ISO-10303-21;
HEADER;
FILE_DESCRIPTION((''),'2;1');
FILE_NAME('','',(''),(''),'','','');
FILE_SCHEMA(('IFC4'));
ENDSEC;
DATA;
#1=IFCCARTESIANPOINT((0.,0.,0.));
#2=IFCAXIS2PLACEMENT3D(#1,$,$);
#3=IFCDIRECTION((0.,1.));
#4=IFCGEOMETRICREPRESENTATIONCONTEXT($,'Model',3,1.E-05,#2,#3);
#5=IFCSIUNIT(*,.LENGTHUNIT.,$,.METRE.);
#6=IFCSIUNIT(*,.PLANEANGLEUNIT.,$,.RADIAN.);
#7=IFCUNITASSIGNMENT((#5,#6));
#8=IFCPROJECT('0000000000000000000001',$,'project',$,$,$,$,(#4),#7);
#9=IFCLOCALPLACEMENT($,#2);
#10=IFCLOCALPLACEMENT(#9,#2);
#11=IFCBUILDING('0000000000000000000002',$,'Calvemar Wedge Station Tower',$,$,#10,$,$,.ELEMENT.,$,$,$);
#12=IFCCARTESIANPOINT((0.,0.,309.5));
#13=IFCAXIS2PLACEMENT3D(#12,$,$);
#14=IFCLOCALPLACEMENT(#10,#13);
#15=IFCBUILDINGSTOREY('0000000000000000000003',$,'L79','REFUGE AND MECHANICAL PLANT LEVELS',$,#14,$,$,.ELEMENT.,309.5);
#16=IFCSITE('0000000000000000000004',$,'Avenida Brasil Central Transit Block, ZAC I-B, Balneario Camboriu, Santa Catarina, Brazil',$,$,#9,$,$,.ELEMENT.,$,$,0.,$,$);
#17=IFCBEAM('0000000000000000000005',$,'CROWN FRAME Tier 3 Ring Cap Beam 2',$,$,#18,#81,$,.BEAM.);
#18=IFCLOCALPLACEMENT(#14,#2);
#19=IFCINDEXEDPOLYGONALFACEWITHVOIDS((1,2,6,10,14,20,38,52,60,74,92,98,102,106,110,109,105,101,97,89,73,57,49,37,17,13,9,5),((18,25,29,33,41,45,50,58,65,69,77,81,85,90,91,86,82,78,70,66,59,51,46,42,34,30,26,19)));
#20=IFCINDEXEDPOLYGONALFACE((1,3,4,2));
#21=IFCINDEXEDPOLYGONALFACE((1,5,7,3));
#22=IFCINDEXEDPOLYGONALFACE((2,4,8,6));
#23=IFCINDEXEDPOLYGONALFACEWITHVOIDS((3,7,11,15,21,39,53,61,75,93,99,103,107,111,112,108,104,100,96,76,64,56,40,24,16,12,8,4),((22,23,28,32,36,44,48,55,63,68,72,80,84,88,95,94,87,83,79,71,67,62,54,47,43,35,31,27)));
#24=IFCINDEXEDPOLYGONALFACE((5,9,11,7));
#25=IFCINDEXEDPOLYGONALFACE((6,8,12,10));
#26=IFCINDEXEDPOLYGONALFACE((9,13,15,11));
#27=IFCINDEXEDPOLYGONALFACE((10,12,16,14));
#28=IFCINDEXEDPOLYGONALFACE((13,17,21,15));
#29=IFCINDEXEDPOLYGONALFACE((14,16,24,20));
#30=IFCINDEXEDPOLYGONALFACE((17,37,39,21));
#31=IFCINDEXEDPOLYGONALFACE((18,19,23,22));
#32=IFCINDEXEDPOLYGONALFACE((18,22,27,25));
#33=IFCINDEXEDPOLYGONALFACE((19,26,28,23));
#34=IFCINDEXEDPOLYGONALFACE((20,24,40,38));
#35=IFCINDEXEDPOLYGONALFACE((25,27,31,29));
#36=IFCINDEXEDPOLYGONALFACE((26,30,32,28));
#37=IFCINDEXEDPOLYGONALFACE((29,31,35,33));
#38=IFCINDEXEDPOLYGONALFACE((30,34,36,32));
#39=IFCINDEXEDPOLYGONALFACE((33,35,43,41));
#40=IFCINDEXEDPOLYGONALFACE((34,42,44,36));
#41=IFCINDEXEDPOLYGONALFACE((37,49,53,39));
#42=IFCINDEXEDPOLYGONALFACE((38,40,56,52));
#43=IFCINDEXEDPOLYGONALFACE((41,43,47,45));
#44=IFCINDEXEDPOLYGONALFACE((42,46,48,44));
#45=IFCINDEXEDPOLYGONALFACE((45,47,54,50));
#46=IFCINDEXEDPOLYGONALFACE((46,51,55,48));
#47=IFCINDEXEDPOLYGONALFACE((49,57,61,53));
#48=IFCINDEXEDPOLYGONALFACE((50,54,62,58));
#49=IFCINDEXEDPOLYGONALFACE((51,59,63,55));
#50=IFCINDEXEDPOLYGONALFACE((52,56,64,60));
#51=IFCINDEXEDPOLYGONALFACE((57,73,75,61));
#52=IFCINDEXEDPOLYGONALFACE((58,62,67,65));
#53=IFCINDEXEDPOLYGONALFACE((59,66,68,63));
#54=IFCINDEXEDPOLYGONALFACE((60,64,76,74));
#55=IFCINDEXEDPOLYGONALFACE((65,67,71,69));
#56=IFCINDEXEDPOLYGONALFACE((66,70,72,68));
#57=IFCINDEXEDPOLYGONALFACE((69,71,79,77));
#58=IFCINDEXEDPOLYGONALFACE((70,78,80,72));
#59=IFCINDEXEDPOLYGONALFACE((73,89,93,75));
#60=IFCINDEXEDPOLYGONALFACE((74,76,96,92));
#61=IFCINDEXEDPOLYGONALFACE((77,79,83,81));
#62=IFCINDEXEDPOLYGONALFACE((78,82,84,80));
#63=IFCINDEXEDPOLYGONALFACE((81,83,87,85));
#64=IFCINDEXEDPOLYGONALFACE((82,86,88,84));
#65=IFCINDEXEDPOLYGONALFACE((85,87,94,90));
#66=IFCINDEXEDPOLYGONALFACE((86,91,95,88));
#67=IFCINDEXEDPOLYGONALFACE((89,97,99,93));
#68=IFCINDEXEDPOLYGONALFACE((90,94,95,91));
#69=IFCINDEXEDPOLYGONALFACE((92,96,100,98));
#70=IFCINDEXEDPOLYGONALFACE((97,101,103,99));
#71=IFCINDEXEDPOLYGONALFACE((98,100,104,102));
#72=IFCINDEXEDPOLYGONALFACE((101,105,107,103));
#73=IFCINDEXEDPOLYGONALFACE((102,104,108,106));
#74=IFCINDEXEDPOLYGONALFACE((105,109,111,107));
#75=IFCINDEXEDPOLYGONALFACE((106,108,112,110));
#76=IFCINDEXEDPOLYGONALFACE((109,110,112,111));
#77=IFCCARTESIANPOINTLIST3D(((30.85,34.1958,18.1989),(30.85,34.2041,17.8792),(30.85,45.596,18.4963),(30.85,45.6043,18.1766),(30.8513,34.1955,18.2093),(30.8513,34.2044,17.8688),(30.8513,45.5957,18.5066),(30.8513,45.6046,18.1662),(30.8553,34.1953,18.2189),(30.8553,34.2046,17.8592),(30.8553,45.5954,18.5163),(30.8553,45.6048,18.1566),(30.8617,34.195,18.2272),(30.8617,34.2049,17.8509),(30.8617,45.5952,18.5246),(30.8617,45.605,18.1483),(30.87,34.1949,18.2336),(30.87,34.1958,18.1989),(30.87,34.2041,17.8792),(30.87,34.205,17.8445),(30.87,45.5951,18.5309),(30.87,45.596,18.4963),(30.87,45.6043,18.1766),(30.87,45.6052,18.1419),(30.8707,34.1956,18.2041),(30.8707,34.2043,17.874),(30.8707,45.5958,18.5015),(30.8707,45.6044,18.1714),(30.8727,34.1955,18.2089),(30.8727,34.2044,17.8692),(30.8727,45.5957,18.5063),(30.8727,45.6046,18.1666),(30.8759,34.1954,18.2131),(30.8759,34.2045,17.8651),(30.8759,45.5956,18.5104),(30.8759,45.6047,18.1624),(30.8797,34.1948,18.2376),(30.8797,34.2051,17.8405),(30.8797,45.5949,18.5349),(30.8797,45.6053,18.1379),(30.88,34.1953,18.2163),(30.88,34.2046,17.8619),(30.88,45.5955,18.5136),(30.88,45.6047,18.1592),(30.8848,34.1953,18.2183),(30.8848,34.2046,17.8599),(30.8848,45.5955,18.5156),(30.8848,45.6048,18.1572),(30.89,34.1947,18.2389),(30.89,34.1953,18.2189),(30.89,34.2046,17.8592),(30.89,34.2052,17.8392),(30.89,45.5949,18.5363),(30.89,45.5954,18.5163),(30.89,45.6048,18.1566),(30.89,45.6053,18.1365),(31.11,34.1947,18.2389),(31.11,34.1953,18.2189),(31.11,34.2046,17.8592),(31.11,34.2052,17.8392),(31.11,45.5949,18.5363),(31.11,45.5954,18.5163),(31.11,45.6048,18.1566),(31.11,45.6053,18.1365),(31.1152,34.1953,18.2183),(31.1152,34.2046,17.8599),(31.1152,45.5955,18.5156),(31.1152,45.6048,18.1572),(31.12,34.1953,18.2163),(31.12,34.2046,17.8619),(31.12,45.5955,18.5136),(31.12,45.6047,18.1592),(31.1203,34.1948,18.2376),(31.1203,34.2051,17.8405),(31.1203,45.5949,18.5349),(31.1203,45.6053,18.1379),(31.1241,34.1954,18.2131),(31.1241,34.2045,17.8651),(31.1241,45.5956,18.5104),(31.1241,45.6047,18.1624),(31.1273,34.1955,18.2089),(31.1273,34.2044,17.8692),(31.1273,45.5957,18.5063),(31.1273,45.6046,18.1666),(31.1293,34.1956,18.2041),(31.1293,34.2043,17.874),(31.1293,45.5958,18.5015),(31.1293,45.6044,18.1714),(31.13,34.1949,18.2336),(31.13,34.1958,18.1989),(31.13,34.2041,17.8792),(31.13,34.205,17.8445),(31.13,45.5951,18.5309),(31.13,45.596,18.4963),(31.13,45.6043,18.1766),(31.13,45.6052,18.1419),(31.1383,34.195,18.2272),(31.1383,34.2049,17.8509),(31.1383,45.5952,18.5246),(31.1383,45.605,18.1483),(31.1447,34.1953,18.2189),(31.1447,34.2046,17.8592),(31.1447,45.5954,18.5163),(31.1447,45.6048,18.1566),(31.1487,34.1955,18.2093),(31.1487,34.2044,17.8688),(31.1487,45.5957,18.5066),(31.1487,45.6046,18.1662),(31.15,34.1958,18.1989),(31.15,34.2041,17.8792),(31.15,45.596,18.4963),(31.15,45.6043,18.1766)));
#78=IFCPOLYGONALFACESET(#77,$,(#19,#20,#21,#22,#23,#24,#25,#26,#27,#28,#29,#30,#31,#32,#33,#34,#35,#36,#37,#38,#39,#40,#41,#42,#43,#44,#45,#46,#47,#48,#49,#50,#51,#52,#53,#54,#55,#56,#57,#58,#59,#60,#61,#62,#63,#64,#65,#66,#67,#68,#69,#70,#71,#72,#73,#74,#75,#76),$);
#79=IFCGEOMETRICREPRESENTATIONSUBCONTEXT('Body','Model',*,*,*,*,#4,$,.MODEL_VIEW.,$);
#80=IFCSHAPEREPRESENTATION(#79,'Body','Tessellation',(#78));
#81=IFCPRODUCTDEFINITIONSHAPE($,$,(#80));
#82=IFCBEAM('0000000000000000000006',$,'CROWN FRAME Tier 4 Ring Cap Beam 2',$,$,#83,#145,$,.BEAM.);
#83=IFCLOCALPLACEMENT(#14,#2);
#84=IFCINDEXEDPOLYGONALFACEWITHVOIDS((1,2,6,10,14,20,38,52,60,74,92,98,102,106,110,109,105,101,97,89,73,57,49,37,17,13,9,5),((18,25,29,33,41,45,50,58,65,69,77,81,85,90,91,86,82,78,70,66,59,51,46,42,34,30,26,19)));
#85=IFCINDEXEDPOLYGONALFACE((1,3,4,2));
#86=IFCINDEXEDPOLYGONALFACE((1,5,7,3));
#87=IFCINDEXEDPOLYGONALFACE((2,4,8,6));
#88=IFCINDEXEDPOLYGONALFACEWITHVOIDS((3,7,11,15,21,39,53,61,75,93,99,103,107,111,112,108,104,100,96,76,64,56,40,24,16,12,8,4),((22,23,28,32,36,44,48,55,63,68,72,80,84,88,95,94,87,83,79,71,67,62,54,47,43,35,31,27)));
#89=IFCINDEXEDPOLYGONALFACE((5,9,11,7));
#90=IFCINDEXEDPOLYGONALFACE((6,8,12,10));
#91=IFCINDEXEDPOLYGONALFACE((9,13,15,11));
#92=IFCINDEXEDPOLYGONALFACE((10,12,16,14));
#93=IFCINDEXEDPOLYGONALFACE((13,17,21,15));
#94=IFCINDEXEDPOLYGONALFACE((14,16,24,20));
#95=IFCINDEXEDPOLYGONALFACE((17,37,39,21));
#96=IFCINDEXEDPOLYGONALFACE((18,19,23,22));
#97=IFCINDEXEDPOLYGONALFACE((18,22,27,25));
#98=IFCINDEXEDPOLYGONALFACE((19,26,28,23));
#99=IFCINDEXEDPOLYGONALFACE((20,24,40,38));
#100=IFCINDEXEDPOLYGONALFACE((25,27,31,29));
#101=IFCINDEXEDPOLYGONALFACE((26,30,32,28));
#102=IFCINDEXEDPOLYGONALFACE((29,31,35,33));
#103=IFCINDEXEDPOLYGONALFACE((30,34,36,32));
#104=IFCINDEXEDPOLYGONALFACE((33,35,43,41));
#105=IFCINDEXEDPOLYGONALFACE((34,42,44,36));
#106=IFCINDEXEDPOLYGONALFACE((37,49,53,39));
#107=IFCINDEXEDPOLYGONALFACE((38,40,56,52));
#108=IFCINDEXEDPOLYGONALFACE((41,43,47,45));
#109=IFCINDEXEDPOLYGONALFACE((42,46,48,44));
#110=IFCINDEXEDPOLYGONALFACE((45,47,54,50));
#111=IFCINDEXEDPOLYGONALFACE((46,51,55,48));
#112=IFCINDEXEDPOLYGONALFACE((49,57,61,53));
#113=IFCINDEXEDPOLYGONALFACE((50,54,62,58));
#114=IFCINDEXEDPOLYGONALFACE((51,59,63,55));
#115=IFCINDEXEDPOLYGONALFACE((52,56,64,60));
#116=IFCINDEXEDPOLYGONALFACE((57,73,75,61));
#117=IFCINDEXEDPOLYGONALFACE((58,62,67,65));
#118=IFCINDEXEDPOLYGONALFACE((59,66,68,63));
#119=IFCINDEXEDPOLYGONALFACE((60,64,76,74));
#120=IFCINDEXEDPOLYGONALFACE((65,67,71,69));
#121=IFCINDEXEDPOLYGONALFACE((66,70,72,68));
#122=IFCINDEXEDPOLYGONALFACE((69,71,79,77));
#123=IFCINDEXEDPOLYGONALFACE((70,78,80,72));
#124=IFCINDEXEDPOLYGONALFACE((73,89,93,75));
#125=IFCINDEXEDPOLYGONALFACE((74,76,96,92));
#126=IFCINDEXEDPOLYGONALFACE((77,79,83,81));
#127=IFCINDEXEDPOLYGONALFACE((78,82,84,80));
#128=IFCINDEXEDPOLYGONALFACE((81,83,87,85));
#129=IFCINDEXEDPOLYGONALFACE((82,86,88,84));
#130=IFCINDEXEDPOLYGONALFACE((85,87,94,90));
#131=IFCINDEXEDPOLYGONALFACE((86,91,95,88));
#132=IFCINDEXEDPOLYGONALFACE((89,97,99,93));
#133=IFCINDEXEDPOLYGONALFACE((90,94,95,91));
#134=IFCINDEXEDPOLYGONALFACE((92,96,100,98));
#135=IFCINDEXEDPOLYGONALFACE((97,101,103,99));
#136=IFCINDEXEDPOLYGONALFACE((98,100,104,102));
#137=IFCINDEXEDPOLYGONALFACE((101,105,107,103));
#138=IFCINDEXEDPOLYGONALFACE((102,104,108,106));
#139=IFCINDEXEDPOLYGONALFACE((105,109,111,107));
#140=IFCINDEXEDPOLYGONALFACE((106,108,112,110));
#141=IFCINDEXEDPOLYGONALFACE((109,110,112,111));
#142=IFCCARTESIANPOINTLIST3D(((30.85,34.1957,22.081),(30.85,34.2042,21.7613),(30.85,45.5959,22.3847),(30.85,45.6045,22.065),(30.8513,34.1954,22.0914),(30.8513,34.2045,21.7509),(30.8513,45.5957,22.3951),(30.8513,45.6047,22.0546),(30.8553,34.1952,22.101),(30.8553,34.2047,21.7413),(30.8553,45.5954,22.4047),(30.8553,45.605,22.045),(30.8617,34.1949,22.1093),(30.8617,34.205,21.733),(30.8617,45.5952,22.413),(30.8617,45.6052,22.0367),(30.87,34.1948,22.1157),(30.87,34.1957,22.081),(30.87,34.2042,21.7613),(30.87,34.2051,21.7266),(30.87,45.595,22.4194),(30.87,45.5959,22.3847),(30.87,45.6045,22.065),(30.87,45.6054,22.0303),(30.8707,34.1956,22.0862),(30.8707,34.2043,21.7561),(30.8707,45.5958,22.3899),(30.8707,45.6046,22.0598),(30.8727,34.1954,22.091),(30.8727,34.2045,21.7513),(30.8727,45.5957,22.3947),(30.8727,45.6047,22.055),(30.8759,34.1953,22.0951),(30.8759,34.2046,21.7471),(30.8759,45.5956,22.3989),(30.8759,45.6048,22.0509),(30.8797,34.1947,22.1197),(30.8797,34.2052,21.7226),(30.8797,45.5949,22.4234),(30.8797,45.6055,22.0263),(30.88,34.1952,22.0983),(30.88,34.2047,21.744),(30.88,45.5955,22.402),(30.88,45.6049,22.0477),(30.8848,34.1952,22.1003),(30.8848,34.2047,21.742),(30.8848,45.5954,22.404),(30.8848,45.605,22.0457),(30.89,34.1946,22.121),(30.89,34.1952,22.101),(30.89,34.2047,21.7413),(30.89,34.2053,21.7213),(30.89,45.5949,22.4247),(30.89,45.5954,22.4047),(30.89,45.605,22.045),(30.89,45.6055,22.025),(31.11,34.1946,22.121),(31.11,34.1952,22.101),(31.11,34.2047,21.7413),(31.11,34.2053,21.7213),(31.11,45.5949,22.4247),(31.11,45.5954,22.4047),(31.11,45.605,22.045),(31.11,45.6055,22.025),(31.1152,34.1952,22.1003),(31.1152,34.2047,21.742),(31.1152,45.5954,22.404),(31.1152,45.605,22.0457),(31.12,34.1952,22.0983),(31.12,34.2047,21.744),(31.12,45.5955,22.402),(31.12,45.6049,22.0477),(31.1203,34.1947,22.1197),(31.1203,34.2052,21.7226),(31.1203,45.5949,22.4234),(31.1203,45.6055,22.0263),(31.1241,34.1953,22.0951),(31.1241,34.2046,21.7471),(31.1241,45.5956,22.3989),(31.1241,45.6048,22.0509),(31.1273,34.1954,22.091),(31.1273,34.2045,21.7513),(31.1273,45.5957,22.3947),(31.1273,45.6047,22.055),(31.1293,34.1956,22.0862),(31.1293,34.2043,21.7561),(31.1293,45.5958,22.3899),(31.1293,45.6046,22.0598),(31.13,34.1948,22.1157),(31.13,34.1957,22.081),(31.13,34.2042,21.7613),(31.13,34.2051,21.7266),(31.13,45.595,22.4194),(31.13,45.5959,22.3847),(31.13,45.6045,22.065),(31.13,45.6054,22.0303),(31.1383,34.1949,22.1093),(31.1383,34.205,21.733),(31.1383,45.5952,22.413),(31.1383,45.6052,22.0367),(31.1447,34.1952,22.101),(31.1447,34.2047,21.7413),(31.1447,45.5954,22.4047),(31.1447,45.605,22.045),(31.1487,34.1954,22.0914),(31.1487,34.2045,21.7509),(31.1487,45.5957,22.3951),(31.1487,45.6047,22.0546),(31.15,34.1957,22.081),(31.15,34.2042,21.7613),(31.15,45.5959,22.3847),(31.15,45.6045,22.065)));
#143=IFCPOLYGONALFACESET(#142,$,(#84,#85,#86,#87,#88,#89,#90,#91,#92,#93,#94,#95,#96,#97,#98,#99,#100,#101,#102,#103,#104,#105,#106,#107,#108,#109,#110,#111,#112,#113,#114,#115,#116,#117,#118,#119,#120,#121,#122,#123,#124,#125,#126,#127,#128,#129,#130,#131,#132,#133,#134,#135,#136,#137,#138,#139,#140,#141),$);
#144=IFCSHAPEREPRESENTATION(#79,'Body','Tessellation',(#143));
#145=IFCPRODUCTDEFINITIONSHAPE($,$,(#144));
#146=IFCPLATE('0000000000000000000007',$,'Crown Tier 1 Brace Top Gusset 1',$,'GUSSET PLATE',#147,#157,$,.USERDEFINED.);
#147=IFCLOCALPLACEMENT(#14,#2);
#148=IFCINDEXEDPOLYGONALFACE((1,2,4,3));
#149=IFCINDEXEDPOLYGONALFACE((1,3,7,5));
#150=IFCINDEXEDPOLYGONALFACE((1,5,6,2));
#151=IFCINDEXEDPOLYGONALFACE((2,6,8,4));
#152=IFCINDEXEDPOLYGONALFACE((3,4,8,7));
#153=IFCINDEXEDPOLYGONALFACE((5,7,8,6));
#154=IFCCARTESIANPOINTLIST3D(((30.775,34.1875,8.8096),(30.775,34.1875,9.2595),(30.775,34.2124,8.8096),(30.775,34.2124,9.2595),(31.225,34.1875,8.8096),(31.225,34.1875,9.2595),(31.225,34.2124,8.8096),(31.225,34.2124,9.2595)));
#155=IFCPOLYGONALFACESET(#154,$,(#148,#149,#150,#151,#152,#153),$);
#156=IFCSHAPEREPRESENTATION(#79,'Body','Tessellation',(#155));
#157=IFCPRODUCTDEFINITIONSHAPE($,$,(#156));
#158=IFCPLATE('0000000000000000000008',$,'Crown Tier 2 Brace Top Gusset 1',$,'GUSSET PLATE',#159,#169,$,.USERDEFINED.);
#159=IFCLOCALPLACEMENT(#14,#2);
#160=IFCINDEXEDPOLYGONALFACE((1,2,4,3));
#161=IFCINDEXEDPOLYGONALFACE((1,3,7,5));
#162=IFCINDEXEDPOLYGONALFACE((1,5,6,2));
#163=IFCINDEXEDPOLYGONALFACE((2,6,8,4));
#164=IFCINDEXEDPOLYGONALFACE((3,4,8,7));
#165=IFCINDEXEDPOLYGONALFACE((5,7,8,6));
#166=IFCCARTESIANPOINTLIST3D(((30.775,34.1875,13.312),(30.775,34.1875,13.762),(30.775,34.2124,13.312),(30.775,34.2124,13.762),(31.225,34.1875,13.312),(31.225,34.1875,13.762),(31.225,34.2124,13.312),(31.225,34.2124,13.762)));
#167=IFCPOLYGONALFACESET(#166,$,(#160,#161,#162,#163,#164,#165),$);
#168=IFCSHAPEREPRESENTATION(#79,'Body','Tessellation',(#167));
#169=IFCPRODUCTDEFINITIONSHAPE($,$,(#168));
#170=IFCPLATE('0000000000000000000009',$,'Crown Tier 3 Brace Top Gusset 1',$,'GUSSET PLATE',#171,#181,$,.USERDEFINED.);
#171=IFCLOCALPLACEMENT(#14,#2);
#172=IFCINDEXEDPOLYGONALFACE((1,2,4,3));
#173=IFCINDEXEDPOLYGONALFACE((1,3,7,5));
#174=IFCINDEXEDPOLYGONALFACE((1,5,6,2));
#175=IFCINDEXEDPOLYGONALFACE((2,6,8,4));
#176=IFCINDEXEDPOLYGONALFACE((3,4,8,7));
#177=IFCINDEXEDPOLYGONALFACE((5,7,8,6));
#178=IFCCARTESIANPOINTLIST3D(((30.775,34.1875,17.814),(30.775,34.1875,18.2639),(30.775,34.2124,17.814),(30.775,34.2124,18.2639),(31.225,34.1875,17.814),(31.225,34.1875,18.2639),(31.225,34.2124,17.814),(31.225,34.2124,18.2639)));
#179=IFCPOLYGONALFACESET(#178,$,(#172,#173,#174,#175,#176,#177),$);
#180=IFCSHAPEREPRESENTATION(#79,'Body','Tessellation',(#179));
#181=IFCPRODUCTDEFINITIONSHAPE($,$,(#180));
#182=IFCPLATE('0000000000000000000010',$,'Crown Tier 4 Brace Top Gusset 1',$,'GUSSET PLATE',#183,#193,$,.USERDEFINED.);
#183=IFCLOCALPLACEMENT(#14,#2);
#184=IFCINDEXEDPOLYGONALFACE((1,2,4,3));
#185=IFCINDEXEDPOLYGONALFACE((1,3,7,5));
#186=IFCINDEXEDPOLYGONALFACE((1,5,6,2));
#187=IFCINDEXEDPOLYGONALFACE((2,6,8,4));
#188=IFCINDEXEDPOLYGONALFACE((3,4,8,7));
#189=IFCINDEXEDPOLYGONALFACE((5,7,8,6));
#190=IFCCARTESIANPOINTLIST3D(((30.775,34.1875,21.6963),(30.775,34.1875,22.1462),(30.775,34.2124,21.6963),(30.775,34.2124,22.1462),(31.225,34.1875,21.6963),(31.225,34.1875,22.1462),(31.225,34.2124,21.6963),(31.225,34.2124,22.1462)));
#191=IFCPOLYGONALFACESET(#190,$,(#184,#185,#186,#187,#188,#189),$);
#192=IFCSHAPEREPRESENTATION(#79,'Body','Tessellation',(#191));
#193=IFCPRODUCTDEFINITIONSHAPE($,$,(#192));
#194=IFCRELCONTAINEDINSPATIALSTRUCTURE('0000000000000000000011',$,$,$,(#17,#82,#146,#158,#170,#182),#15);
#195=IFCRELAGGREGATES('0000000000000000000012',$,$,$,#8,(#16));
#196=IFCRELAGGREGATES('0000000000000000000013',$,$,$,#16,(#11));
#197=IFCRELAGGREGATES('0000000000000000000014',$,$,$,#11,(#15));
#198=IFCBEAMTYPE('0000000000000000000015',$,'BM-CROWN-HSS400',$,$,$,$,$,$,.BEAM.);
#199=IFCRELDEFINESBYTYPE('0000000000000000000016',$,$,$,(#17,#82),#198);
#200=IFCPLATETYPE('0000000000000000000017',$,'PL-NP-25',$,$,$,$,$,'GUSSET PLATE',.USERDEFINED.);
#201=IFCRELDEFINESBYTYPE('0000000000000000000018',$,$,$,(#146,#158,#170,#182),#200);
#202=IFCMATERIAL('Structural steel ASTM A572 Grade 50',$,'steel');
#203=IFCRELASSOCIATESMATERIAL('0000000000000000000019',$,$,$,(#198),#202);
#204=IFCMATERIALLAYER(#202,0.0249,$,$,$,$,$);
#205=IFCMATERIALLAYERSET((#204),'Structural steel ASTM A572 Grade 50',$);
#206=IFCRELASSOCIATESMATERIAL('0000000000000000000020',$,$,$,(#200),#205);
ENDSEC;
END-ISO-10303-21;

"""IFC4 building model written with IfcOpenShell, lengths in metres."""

from ifc_helpers import new_model, si_unit, direction, frame, origin, origin_2d, place, context, subcontext, project, spatial, rectangle, hollow_rectangle, extrude, source, transform, mapped, material, layer, layer_set, material_profile, profile_set, type_object, element, save


model = new_model("IFC4")

# Units and contexts
model_context = context("Model", 3, precision=1e-05, world=origin(), true_north=direction((0.0, 1.0)))
body_context = subcontext(model_context, "Body", "Model", "MODEL_VIEW")
ifc_project = project(units=[si_unit("LENGTHUNIT", "METRE"), si_unit("PLANEANGLEUNIT", "RADIAN")], contexts=[model_context])

# Site, building, storey
site_placement = place(None, origin())
site = spatial("IfcSite", under=ifc_project, at=site_placement, Name="Avenida Brasil Central Transit Block, ZAC I-B, Balneario Camboriu, Santa Catarina, Brazil", CompositionType="ELEMENT", RefElevation=0.0)
building_placement = place(site_placement, origin())
building = spatial("IfcBuilding", under=site, at=building_placement, Name="Calvemar Wedge Station Tower", CompositionType="ELEMENT")
storey_placement = place(building_placement, frame((0.0, 0.0, 309.5)))
storey = spatial("IfcBuildingStorey", under=building, at=storey_placement, Name="L79", Description="REFUGE AND MECHANICAL PLANT LEVELS", CompositionType="ELEMENT", Elevation=309.5)

# Shared definitions
ifc_material_1 = material(Name="Structural steel ASTM A572 Grade 50", Category="steel")

# Beams
ifc_material_profile_1 = material_profile(ifc_material_1, hollow_rectangle(XDim=0.3, YDim=0.3999, WallThickness=0.02, InnerFilletRadius=0.02, OuterFilletRadius=0.04, at=origin_2d()), Name="HSS400x300x20")
ifc_profile_set_1 = profile_set([ifc_material_profile_1], Name="Structural steel ASTM A572 Grade 50")
beam_type = type_object("IfcBeamType", Name="BM-CROWN-HSS400", PredefinedType="BEAM", material=ifc_profile_set_1)
shared_shape_1 = source(origin(), body_context, "Body", "SweptSolid", [
    extrude(hollow_rectangle(XDim=0.3, YDim=0.3999, WallThickness=0.02, InnerFilletRadius=0.02, OuterFilletRadius=0.04, at=origin_2d()), origin(), (0.0, 0.0, 1.0), 11.4041),
])
beam_1_placement = place(storey_placement, frame((31.0, 34.2, 18.0391), z_axis=(0.0, 0.99966, 0.026075), x_axis=(-1.0, 0.0, 0.0)))
element("IfcBeam", 1, at=beam_1_placement, inside=storey, type_object=beam_type, Name="CROWN FRAME Tier 3 Ring Cap Beam 2", PredefinedType="BEAM", context=body_context, shape_type="MappedRepresentation", body=[
    mapped(shared_shape_1, transform((0.0, 0.0, 0.0), scale=1.0)),
])
shared_shape_2 = source(origin(), body_context, "Body", "SweptSolid", [
    extrude(hollow_rectangle(XDim=0.3, YDim=0.3999, WallThickness=0.02, InnerFilletRadius=0.02, OuterFilletRadius=0.04, at=origin_2d()), origin(), (0.0, 0.0, 1.0), 11.4043),
])
beam_2_placement = place(storey_placement, frame((31.0, 34.2, 21.9211), z_axis=(0.0, 0.999645, 0.026632), x_axis=(-1.0, 0.0, 0.0)))
element("IfcBeam", 2, at=beam_2_placement, inside=storey, type_object=beam_type, Name="CROWN FRAME Tier 4 Ring Cap Beam 2", PredefinedType="BEAM", context=body_context, shape_type="MappedRepresentation", body=[
    mapped(shared_shape_2, transform((0.0, 0.0, 0.0), scale=1.0)),
])

# Plates
ifc_layer_1 = layer(ifc_material_1, 0.0249)
ifc_layer_set_1 = layer_set([ifc_layer_1], Name="Structural steel ASTM A572 Grade 50")
plate_type = type_object("IfcPlateType", Name="PL-NP-25", ElementType="GUSSET PLATE", PredefinedType="USERDEFINED", material=ifc_layer_set_1)
shared_shape_3 = source(origin(), body_context, "Body", "SweptSolid", [
    extrude(rectangle(XDim=0.45, YDim=0.0249, at=origin_2d()), origin(), (0.0, 0.0, 1.0), 0.45),
])
for number, where, z_axis, x_axis, name in (
    (3, (31.0, 34.2, 8.8096), (0.0, 0.0, 1.0), (1.0, 0.0, 0.0), "Crown Tier 1 Brace Top Gusset 1"),
    (4, (31.0, 34.2, 13.312), (0.0, 0.0, 1.0), (1.0, 0.0, 0.0), "Crown Tier 2 Brace Top Gusset 1"),
    (5, (31.0, 34.2, 17.814), (0.0, 0.0, 1.0), (1.0, 0.0, 0.0), "Crown Tier 3 Brace Top Gusset 1"),
    (6, (31.0, 34.2, 21.6963), (0.0, 0.0, 1.0), (1.0, 0.0, 0.0), "Crown Tier 4 Brace Top Gusset 1"),
):
    element("IfcPlate", number, at=place(storey_placement, frame(where, z_axis=z_axis, x_axis=x_axis)), inside=storey, type_object=plate_type, Name=name, ObjectType="GUSSET PLATE", PredefinedType="USERDEFINED", context=body_context, shape_type="MappedRepresentation", body=[
        mapped(shared_shape_3, transform((0.0, 0.0, 0.0), scale=1.0)),
    ])

save(model, "model.ifc")
